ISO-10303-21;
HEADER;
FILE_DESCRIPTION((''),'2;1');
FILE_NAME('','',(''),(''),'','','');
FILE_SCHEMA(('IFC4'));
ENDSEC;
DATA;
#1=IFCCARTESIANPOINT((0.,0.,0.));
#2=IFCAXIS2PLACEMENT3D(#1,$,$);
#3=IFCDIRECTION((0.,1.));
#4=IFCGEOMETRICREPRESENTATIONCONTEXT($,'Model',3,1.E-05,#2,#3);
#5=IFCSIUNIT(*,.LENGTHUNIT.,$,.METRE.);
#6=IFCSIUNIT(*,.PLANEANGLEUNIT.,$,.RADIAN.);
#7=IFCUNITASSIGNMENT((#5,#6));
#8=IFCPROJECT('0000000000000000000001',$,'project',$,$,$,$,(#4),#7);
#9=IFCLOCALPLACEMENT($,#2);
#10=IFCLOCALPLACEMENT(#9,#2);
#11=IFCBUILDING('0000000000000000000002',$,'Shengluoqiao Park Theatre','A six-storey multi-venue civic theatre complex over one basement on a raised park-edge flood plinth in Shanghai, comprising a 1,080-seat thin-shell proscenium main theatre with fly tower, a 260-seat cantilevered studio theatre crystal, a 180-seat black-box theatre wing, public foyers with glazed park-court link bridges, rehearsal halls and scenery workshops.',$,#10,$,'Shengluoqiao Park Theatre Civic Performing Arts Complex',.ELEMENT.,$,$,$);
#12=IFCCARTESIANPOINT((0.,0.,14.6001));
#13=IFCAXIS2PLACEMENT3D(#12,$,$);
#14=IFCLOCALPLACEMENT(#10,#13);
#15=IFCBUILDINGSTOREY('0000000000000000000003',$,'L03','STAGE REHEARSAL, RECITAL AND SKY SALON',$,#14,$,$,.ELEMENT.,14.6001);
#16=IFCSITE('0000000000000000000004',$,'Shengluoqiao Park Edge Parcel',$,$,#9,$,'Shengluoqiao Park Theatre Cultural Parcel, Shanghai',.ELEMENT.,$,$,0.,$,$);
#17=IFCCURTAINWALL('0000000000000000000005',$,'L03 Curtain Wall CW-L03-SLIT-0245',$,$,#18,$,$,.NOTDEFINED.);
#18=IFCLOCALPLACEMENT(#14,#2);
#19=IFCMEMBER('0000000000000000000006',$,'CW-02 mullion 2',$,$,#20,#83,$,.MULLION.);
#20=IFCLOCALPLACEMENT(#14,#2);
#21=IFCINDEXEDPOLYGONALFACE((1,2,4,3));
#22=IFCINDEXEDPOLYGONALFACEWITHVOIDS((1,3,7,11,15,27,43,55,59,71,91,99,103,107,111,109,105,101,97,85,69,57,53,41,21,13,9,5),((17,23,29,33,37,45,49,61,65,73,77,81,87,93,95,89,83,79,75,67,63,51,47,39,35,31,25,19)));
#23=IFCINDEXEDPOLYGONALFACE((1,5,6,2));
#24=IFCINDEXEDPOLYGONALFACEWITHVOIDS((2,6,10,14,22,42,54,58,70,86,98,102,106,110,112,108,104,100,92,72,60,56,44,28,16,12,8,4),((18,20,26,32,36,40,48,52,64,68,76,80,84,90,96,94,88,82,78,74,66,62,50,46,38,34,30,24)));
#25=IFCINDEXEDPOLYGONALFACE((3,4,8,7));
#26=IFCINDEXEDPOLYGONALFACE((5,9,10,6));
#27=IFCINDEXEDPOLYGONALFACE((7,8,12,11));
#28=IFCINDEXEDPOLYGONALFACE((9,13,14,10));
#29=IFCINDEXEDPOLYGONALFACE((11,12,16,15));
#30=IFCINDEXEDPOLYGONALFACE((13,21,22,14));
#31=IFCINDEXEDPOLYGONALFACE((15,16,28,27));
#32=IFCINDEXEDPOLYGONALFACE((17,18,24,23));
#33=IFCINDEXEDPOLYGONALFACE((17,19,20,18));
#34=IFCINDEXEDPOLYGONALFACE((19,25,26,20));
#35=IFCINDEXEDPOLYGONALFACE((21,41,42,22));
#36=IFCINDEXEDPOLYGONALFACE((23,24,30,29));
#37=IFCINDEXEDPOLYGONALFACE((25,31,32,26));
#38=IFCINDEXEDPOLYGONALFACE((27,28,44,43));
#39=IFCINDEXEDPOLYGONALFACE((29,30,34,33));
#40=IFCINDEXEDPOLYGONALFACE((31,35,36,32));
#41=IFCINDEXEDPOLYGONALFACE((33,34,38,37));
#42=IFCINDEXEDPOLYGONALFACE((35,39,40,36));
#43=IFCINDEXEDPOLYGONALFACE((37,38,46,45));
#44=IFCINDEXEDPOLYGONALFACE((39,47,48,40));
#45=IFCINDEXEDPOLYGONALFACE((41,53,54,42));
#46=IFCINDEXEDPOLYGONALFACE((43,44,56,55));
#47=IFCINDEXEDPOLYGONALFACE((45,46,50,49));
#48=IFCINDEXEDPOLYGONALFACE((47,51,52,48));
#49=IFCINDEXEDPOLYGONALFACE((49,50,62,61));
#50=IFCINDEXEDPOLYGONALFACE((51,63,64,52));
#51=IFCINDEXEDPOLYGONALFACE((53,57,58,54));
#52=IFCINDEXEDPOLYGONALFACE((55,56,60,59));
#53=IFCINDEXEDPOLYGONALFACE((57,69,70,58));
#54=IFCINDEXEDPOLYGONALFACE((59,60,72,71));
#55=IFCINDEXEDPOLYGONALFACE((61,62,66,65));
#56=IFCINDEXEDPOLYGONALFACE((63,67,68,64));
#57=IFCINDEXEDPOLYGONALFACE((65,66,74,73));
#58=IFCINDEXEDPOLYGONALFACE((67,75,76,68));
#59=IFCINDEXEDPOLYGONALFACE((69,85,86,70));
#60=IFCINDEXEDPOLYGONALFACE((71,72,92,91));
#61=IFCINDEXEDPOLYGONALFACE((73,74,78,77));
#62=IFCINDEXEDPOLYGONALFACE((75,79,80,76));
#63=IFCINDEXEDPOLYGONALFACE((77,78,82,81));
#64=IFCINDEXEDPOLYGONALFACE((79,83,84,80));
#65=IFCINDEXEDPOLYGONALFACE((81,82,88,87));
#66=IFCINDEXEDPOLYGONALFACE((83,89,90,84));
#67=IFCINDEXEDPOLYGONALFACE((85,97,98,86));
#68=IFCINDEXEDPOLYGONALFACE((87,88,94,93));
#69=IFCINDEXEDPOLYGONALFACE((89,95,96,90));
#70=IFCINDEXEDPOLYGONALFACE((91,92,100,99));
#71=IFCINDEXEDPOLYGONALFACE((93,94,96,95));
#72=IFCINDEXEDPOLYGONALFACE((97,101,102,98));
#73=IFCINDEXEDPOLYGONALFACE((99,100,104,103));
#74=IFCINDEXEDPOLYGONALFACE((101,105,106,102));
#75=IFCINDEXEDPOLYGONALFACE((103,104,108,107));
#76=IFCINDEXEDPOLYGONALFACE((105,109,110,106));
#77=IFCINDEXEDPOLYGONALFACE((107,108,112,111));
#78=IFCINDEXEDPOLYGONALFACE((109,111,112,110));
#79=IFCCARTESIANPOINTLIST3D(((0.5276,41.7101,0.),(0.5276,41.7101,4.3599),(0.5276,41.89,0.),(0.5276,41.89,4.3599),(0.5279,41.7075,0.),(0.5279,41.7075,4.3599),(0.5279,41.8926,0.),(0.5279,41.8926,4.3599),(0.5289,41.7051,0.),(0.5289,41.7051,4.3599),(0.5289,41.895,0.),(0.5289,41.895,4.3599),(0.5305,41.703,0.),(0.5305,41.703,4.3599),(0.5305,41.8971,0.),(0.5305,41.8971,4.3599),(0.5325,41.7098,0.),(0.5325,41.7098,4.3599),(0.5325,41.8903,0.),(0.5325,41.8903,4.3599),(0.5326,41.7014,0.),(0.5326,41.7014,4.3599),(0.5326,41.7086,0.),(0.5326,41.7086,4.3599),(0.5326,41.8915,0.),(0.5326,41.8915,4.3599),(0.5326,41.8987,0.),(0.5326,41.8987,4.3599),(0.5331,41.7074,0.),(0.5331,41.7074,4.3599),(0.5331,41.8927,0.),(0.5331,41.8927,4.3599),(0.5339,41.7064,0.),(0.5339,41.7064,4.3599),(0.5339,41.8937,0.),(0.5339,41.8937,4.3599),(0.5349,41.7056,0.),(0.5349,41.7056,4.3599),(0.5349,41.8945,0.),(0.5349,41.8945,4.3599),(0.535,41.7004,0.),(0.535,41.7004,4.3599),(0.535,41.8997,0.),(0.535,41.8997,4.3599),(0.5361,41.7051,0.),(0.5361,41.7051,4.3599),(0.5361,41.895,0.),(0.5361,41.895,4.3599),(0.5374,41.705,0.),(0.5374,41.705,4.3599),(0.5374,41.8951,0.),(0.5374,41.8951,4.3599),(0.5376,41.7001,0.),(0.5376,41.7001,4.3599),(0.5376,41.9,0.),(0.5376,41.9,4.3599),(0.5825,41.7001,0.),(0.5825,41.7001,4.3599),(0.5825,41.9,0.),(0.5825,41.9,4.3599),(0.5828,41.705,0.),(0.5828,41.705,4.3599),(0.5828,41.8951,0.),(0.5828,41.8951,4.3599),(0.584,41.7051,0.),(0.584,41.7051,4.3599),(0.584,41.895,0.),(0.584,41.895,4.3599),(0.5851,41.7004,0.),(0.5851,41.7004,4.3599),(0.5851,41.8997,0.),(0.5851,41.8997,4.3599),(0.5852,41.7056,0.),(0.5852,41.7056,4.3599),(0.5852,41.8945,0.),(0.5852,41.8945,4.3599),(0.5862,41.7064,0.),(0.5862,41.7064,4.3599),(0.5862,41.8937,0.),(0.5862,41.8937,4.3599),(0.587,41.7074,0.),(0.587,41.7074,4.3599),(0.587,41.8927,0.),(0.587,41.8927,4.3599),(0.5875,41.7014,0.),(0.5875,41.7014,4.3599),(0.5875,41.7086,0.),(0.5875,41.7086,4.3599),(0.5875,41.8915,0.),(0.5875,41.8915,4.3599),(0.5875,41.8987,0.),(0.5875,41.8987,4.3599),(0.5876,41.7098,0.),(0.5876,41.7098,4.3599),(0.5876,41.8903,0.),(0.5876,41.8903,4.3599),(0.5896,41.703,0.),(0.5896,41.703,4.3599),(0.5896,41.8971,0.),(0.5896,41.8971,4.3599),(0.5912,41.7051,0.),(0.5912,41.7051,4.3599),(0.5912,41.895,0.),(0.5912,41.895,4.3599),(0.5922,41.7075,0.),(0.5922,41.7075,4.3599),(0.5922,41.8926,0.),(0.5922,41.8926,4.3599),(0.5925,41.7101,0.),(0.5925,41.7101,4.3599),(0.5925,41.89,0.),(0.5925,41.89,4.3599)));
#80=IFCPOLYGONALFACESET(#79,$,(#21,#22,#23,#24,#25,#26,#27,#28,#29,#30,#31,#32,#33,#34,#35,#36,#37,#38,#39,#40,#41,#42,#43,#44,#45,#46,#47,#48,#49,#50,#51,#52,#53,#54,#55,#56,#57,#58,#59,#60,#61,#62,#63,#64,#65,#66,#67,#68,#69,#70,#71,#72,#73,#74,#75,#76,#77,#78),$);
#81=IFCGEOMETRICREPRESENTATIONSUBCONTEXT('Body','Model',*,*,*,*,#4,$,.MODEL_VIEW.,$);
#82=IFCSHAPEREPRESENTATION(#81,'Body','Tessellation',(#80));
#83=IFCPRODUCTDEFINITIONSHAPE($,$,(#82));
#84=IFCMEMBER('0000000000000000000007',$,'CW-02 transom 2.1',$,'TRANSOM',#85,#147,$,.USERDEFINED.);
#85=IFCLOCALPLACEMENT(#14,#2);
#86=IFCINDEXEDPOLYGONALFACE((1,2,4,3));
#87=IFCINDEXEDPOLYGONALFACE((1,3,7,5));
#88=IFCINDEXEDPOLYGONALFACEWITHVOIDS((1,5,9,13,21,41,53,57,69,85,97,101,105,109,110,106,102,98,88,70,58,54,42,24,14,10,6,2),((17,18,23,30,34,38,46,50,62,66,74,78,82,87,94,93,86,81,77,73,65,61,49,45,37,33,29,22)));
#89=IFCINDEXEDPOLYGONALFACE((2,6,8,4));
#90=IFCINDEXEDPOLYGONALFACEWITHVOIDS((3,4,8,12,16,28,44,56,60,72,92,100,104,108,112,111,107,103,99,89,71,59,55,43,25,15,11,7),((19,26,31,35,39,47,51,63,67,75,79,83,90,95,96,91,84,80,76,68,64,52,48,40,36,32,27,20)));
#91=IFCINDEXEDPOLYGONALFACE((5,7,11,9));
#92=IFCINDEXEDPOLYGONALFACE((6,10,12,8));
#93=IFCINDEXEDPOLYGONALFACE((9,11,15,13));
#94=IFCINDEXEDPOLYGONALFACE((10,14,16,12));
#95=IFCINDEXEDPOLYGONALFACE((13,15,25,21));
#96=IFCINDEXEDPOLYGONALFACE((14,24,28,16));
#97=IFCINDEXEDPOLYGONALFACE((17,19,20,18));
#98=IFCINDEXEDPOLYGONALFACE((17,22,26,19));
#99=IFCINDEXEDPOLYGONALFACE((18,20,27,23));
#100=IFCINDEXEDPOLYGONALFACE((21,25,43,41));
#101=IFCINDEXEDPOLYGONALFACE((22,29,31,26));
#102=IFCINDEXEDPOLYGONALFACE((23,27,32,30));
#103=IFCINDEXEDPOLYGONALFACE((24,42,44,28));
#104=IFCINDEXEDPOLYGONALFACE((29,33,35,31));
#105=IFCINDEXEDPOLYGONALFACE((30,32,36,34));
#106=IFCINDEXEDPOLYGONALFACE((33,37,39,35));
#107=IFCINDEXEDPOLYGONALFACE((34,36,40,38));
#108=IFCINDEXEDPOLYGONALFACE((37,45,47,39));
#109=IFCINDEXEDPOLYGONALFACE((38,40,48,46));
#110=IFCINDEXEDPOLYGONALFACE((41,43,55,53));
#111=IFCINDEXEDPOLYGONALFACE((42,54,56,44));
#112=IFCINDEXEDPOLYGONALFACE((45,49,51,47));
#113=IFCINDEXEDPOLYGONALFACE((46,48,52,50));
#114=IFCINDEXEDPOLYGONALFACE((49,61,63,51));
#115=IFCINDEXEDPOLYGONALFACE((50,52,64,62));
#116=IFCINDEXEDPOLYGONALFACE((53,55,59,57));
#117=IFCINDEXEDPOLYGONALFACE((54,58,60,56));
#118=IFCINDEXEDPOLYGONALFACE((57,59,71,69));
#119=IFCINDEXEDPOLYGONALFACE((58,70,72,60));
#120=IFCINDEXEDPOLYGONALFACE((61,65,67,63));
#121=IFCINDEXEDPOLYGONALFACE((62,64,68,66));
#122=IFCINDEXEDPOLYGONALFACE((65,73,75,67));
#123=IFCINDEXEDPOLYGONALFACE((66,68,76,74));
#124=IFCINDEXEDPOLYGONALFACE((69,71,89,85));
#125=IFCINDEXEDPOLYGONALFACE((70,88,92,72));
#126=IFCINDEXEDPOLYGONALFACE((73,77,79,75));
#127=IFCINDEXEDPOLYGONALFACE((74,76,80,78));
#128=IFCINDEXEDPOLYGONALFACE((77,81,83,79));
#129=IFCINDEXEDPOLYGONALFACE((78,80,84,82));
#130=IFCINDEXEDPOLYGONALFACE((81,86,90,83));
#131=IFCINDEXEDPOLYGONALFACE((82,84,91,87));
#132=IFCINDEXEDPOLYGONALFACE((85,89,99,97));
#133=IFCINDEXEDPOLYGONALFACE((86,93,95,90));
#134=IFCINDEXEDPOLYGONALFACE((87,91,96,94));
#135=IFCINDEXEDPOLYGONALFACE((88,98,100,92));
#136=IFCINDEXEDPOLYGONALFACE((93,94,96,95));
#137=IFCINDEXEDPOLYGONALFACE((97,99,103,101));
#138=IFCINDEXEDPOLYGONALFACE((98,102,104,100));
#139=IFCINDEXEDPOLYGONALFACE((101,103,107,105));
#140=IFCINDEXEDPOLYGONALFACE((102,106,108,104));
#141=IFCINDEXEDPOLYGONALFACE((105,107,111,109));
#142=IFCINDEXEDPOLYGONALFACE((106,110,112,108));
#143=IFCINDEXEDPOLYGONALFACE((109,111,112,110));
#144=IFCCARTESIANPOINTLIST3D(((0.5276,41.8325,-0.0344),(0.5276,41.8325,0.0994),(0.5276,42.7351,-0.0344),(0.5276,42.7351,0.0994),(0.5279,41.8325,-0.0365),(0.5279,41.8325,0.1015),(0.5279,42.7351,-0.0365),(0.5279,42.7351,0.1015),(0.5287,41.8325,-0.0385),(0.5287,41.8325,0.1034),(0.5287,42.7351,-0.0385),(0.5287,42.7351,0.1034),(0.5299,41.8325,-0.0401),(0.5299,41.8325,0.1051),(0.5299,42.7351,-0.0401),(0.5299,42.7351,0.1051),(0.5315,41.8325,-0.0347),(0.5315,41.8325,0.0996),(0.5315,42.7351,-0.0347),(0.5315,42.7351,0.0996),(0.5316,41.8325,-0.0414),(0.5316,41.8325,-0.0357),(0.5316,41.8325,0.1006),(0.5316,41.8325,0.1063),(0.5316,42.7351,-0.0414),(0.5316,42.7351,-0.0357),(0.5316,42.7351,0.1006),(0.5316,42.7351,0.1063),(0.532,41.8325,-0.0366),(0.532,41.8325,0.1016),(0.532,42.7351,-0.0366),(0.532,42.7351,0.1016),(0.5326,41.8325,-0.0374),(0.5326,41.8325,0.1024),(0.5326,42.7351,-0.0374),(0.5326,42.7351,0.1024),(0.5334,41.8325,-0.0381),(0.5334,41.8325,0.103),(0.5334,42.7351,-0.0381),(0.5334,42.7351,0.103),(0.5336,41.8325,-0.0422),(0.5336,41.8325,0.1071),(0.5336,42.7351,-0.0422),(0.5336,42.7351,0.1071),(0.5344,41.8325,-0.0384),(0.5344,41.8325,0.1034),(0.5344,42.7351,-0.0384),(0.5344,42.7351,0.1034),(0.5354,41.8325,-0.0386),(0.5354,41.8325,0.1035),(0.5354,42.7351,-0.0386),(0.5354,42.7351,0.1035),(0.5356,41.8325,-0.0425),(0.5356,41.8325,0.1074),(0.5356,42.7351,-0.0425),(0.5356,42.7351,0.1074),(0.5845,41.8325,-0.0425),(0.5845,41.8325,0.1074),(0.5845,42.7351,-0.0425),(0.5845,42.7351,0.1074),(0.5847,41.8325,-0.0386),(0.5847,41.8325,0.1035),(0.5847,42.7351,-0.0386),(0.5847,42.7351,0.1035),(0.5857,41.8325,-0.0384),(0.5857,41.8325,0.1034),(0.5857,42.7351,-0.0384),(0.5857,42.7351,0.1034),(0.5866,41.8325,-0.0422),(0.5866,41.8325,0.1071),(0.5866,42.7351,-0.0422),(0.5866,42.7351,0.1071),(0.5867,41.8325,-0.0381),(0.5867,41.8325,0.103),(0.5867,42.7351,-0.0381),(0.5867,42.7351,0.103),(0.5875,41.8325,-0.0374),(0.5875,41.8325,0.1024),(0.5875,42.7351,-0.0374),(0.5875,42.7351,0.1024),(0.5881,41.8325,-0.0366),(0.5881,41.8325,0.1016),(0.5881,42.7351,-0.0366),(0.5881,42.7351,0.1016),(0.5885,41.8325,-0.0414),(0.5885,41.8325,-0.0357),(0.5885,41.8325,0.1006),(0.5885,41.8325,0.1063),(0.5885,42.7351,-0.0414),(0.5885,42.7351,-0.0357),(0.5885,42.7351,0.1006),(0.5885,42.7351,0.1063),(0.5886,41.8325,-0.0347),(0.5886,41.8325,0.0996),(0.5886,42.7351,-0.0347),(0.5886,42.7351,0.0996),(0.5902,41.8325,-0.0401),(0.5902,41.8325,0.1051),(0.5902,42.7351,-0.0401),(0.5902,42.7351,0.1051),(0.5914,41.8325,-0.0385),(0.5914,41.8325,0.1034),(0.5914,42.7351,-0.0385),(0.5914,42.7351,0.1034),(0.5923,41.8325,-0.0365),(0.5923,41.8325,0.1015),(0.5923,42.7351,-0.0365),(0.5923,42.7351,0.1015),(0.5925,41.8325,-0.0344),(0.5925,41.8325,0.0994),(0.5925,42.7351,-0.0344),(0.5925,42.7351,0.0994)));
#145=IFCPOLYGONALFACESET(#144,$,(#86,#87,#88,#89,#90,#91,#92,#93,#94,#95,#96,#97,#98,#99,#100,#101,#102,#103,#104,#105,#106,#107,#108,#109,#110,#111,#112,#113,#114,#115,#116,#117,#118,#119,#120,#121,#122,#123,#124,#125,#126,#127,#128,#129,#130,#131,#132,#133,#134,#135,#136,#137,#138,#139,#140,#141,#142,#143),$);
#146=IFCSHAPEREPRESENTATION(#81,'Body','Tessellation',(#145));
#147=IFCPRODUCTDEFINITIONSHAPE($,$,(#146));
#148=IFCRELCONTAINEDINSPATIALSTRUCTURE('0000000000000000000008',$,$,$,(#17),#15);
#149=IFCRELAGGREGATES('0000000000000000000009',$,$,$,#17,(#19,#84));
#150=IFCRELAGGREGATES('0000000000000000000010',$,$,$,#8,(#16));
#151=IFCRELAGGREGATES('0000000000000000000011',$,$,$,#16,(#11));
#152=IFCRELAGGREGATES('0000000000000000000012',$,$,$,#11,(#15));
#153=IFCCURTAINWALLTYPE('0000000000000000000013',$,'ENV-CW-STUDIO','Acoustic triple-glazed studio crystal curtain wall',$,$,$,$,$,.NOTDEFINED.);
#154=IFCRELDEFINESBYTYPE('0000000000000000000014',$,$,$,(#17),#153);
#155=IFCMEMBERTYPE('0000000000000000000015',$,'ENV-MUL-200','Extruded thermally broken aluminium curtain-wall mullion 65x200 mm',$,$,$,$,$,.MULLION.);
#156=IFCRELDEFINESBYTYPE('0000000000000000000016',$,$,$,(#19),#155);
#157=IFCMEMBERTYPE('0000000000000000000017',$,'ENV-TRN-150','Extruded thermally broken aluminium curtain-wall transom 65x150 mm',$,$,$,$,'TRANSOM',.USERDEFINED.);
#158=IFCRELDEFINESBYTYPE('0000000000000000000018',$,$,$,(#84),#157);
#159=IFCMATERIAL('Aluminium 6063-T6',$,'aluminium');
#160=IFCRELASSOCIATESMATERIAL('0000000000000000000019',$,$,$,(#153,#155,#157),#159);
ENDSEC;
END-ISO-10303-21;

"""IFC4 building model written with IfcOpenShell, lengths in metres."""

from ifc_helpers import new_model, si_unit, direction, frame, origin, origin_2d, place, context, subcontext, project, spatial, hollow_rectangle, extrude, material, material_profile, profile_set, type_object, element, aggregate, save


model = new_model("IFC4")

# Units and contexts
model_context = context("Model", 3, precision=1e-05, world=origin(), true_north=direction((0.0, 1.0)))
body_context = subcontext(model_context, "Body", "Model", "MODEL_VIEW")
ifc_project = project(units=[si_unit("LENGTHUNIT", "METRE"), si_unit("PLANEANGLEUNIT", "RADIAN")], contexts=[model_context])

# Site, building, storey
site_placement = place(None, origin())
site = spatial("IfcSite", under=ifc_project, at=site_placement, Name="Shengluoqiao Park Edge Parcel", LongName="Shengluoqiao Park Theatre Cultural Parcel, Shanghai", CompositionType="ELEMENT", RefElevation=0.0)
building_placement = place(site_placement, origin())
building = spatial("IfcBuilding", under=site, at=building_placement, Name="Shengluoqiao Park Theatre", Description="A six-storey multi-venue civic theatre complex over one basement on a raised park-edge flood plinth in Shanghai, comprising a 1,080-seat thin-shell proscenium main theatre with fly tower, a 260-seat cantilevered studio theatre crystal, a 180-seat black-box theatre wing, public foyers with glazed park-court link bridges, rehearsal halls and scenery workshops.", LongName="Shengluoqiao Park Theatre Civic Performing Arts Complex", CompositionType="ELEMENT")
storey_placement = place(building_placement, frame((0.0, 0.0, 14.6001)))
storey = spatial("IfcBuildingStorey", under=building, at=storey_placement, Name="L03", Description="STAGE REHEARSAL, RECITAL AND SKY SALON", CompositionType="ELEMENT", Elevation=14.6001)

# Curtain wall, members
ifc_material_1 = material(Name="Aluminium 6063-T6", Category="aluminium")
curtain_wall_type = type_object("IfcCurtainWallType", Name="ENV-CW-STUDIO", Description="Acoustic triple-glazed studio crystal curtain wall", PredefinedType="NOTDEFINED", material=ifc_material_1)
curtain_wall_placement = place(storey_placement, origin())
curtain_wall = element("IfcCurtainWall", 1, at=curtain_wall_placement, inside=storey, type_object=curtain_wall_type, Name="L03 Curtain Wall CW-L03-SLIT-0245", PredefinedType="NOTDEFINED")
ifc_material_profile_1 = material_profile(ifc_material_1, hollow_rectangle(XDim=0.0649, YDim=0.2, WallThickness=0.0049, InnerFilletRadius=0.0049, OuterFilletRadius=0.01, at=origin_2d()), Name="ALU MULLION 200x65x5")
ifc_profile_set_1 = profile_set([ifc_material_profile_1], Name="Aluminium 6063-T6")
member_type_1 = type_object("IfcMemberType", Name="ENV-MUL-200", Description="Extruded thermally broken aluminium curtain-wall mullion 65x200 mm", PredefinedType="MULLION", material=ifc_profile_set_1)
member_1_placement = place(storey_placement, frame((0.5601, 41.8, 0.0), z_axis=(0.0, 0.0, 1.0), x_axis=(-1.0, 0.0, 0.0)))
member_1 = element("IfcMember", 2, at=member_1_placement, type_object=member_type_1, Name="CW-02 mullion 2", PredefinedType="MULLION", context=body_context, shape_type="SweptSolid", body=[
    extrude(hollow_rectangle(XDim=0.0649, YDim=0.2, WallThickness=0.0049, InnerFilletRadius=0.0049, OuterFilletRadius=0.01, at=origin_2d()), origin(), (0.0, 0.0, 1.0), 4.3599),
])
ifc_material_profile_2 = material_profile(ifc_material_1, hollow_rectangle(XDim=0.0649, YDim=0.1499, WallThickness=0.0039, InnerFilletRadius=0.0039, OuterFilletRadius=0.0081, at=origin_2d()), Name="ALU TRANSOM 150x65x4")
ifc_profile_set_2 = profile_set([ifc_material_profile_2], Name="Aluminium 6063-T6")
member_type_2 = type_object("IfcMemberType", Name="ENV-TRN-150", Description="Extruded thermally broken aluminium curtain-wall transom 65x150 mm", ElementType="TRANSOM", PredefinedType="USERDEFINED", material=ifc_profile_set_2)
member_2_placement = place(storey_placement, frame((0.5601, 41.8325, 0.0325), z_axis=(0.0, 1.0, 0.0), x_axis=(-1.0, 0.0, 0.0)))
member_2 = element("IfcMember", 3, at=member_2_placement, type_object=member_type_2, Name="CW-02 transom 2.1", ObjectType="TRANSOM", PredefinedType="USERDEFINED", context=body_context, shape_type="SweptSolid", body=[
    extrude(hollow_rectangle(XDim=0.0649, YDim=0.1499, WallThickness=0.0039, InnerFilletRadius=0.0039, OuterFilletRadius=0.0081, at=origin_2d()), origin(), (0.0, 0.0, 1.0), 0.9026),
])

aggregate(curtain_wall, [member_1, member_2])

save(model, "model.ifc")
